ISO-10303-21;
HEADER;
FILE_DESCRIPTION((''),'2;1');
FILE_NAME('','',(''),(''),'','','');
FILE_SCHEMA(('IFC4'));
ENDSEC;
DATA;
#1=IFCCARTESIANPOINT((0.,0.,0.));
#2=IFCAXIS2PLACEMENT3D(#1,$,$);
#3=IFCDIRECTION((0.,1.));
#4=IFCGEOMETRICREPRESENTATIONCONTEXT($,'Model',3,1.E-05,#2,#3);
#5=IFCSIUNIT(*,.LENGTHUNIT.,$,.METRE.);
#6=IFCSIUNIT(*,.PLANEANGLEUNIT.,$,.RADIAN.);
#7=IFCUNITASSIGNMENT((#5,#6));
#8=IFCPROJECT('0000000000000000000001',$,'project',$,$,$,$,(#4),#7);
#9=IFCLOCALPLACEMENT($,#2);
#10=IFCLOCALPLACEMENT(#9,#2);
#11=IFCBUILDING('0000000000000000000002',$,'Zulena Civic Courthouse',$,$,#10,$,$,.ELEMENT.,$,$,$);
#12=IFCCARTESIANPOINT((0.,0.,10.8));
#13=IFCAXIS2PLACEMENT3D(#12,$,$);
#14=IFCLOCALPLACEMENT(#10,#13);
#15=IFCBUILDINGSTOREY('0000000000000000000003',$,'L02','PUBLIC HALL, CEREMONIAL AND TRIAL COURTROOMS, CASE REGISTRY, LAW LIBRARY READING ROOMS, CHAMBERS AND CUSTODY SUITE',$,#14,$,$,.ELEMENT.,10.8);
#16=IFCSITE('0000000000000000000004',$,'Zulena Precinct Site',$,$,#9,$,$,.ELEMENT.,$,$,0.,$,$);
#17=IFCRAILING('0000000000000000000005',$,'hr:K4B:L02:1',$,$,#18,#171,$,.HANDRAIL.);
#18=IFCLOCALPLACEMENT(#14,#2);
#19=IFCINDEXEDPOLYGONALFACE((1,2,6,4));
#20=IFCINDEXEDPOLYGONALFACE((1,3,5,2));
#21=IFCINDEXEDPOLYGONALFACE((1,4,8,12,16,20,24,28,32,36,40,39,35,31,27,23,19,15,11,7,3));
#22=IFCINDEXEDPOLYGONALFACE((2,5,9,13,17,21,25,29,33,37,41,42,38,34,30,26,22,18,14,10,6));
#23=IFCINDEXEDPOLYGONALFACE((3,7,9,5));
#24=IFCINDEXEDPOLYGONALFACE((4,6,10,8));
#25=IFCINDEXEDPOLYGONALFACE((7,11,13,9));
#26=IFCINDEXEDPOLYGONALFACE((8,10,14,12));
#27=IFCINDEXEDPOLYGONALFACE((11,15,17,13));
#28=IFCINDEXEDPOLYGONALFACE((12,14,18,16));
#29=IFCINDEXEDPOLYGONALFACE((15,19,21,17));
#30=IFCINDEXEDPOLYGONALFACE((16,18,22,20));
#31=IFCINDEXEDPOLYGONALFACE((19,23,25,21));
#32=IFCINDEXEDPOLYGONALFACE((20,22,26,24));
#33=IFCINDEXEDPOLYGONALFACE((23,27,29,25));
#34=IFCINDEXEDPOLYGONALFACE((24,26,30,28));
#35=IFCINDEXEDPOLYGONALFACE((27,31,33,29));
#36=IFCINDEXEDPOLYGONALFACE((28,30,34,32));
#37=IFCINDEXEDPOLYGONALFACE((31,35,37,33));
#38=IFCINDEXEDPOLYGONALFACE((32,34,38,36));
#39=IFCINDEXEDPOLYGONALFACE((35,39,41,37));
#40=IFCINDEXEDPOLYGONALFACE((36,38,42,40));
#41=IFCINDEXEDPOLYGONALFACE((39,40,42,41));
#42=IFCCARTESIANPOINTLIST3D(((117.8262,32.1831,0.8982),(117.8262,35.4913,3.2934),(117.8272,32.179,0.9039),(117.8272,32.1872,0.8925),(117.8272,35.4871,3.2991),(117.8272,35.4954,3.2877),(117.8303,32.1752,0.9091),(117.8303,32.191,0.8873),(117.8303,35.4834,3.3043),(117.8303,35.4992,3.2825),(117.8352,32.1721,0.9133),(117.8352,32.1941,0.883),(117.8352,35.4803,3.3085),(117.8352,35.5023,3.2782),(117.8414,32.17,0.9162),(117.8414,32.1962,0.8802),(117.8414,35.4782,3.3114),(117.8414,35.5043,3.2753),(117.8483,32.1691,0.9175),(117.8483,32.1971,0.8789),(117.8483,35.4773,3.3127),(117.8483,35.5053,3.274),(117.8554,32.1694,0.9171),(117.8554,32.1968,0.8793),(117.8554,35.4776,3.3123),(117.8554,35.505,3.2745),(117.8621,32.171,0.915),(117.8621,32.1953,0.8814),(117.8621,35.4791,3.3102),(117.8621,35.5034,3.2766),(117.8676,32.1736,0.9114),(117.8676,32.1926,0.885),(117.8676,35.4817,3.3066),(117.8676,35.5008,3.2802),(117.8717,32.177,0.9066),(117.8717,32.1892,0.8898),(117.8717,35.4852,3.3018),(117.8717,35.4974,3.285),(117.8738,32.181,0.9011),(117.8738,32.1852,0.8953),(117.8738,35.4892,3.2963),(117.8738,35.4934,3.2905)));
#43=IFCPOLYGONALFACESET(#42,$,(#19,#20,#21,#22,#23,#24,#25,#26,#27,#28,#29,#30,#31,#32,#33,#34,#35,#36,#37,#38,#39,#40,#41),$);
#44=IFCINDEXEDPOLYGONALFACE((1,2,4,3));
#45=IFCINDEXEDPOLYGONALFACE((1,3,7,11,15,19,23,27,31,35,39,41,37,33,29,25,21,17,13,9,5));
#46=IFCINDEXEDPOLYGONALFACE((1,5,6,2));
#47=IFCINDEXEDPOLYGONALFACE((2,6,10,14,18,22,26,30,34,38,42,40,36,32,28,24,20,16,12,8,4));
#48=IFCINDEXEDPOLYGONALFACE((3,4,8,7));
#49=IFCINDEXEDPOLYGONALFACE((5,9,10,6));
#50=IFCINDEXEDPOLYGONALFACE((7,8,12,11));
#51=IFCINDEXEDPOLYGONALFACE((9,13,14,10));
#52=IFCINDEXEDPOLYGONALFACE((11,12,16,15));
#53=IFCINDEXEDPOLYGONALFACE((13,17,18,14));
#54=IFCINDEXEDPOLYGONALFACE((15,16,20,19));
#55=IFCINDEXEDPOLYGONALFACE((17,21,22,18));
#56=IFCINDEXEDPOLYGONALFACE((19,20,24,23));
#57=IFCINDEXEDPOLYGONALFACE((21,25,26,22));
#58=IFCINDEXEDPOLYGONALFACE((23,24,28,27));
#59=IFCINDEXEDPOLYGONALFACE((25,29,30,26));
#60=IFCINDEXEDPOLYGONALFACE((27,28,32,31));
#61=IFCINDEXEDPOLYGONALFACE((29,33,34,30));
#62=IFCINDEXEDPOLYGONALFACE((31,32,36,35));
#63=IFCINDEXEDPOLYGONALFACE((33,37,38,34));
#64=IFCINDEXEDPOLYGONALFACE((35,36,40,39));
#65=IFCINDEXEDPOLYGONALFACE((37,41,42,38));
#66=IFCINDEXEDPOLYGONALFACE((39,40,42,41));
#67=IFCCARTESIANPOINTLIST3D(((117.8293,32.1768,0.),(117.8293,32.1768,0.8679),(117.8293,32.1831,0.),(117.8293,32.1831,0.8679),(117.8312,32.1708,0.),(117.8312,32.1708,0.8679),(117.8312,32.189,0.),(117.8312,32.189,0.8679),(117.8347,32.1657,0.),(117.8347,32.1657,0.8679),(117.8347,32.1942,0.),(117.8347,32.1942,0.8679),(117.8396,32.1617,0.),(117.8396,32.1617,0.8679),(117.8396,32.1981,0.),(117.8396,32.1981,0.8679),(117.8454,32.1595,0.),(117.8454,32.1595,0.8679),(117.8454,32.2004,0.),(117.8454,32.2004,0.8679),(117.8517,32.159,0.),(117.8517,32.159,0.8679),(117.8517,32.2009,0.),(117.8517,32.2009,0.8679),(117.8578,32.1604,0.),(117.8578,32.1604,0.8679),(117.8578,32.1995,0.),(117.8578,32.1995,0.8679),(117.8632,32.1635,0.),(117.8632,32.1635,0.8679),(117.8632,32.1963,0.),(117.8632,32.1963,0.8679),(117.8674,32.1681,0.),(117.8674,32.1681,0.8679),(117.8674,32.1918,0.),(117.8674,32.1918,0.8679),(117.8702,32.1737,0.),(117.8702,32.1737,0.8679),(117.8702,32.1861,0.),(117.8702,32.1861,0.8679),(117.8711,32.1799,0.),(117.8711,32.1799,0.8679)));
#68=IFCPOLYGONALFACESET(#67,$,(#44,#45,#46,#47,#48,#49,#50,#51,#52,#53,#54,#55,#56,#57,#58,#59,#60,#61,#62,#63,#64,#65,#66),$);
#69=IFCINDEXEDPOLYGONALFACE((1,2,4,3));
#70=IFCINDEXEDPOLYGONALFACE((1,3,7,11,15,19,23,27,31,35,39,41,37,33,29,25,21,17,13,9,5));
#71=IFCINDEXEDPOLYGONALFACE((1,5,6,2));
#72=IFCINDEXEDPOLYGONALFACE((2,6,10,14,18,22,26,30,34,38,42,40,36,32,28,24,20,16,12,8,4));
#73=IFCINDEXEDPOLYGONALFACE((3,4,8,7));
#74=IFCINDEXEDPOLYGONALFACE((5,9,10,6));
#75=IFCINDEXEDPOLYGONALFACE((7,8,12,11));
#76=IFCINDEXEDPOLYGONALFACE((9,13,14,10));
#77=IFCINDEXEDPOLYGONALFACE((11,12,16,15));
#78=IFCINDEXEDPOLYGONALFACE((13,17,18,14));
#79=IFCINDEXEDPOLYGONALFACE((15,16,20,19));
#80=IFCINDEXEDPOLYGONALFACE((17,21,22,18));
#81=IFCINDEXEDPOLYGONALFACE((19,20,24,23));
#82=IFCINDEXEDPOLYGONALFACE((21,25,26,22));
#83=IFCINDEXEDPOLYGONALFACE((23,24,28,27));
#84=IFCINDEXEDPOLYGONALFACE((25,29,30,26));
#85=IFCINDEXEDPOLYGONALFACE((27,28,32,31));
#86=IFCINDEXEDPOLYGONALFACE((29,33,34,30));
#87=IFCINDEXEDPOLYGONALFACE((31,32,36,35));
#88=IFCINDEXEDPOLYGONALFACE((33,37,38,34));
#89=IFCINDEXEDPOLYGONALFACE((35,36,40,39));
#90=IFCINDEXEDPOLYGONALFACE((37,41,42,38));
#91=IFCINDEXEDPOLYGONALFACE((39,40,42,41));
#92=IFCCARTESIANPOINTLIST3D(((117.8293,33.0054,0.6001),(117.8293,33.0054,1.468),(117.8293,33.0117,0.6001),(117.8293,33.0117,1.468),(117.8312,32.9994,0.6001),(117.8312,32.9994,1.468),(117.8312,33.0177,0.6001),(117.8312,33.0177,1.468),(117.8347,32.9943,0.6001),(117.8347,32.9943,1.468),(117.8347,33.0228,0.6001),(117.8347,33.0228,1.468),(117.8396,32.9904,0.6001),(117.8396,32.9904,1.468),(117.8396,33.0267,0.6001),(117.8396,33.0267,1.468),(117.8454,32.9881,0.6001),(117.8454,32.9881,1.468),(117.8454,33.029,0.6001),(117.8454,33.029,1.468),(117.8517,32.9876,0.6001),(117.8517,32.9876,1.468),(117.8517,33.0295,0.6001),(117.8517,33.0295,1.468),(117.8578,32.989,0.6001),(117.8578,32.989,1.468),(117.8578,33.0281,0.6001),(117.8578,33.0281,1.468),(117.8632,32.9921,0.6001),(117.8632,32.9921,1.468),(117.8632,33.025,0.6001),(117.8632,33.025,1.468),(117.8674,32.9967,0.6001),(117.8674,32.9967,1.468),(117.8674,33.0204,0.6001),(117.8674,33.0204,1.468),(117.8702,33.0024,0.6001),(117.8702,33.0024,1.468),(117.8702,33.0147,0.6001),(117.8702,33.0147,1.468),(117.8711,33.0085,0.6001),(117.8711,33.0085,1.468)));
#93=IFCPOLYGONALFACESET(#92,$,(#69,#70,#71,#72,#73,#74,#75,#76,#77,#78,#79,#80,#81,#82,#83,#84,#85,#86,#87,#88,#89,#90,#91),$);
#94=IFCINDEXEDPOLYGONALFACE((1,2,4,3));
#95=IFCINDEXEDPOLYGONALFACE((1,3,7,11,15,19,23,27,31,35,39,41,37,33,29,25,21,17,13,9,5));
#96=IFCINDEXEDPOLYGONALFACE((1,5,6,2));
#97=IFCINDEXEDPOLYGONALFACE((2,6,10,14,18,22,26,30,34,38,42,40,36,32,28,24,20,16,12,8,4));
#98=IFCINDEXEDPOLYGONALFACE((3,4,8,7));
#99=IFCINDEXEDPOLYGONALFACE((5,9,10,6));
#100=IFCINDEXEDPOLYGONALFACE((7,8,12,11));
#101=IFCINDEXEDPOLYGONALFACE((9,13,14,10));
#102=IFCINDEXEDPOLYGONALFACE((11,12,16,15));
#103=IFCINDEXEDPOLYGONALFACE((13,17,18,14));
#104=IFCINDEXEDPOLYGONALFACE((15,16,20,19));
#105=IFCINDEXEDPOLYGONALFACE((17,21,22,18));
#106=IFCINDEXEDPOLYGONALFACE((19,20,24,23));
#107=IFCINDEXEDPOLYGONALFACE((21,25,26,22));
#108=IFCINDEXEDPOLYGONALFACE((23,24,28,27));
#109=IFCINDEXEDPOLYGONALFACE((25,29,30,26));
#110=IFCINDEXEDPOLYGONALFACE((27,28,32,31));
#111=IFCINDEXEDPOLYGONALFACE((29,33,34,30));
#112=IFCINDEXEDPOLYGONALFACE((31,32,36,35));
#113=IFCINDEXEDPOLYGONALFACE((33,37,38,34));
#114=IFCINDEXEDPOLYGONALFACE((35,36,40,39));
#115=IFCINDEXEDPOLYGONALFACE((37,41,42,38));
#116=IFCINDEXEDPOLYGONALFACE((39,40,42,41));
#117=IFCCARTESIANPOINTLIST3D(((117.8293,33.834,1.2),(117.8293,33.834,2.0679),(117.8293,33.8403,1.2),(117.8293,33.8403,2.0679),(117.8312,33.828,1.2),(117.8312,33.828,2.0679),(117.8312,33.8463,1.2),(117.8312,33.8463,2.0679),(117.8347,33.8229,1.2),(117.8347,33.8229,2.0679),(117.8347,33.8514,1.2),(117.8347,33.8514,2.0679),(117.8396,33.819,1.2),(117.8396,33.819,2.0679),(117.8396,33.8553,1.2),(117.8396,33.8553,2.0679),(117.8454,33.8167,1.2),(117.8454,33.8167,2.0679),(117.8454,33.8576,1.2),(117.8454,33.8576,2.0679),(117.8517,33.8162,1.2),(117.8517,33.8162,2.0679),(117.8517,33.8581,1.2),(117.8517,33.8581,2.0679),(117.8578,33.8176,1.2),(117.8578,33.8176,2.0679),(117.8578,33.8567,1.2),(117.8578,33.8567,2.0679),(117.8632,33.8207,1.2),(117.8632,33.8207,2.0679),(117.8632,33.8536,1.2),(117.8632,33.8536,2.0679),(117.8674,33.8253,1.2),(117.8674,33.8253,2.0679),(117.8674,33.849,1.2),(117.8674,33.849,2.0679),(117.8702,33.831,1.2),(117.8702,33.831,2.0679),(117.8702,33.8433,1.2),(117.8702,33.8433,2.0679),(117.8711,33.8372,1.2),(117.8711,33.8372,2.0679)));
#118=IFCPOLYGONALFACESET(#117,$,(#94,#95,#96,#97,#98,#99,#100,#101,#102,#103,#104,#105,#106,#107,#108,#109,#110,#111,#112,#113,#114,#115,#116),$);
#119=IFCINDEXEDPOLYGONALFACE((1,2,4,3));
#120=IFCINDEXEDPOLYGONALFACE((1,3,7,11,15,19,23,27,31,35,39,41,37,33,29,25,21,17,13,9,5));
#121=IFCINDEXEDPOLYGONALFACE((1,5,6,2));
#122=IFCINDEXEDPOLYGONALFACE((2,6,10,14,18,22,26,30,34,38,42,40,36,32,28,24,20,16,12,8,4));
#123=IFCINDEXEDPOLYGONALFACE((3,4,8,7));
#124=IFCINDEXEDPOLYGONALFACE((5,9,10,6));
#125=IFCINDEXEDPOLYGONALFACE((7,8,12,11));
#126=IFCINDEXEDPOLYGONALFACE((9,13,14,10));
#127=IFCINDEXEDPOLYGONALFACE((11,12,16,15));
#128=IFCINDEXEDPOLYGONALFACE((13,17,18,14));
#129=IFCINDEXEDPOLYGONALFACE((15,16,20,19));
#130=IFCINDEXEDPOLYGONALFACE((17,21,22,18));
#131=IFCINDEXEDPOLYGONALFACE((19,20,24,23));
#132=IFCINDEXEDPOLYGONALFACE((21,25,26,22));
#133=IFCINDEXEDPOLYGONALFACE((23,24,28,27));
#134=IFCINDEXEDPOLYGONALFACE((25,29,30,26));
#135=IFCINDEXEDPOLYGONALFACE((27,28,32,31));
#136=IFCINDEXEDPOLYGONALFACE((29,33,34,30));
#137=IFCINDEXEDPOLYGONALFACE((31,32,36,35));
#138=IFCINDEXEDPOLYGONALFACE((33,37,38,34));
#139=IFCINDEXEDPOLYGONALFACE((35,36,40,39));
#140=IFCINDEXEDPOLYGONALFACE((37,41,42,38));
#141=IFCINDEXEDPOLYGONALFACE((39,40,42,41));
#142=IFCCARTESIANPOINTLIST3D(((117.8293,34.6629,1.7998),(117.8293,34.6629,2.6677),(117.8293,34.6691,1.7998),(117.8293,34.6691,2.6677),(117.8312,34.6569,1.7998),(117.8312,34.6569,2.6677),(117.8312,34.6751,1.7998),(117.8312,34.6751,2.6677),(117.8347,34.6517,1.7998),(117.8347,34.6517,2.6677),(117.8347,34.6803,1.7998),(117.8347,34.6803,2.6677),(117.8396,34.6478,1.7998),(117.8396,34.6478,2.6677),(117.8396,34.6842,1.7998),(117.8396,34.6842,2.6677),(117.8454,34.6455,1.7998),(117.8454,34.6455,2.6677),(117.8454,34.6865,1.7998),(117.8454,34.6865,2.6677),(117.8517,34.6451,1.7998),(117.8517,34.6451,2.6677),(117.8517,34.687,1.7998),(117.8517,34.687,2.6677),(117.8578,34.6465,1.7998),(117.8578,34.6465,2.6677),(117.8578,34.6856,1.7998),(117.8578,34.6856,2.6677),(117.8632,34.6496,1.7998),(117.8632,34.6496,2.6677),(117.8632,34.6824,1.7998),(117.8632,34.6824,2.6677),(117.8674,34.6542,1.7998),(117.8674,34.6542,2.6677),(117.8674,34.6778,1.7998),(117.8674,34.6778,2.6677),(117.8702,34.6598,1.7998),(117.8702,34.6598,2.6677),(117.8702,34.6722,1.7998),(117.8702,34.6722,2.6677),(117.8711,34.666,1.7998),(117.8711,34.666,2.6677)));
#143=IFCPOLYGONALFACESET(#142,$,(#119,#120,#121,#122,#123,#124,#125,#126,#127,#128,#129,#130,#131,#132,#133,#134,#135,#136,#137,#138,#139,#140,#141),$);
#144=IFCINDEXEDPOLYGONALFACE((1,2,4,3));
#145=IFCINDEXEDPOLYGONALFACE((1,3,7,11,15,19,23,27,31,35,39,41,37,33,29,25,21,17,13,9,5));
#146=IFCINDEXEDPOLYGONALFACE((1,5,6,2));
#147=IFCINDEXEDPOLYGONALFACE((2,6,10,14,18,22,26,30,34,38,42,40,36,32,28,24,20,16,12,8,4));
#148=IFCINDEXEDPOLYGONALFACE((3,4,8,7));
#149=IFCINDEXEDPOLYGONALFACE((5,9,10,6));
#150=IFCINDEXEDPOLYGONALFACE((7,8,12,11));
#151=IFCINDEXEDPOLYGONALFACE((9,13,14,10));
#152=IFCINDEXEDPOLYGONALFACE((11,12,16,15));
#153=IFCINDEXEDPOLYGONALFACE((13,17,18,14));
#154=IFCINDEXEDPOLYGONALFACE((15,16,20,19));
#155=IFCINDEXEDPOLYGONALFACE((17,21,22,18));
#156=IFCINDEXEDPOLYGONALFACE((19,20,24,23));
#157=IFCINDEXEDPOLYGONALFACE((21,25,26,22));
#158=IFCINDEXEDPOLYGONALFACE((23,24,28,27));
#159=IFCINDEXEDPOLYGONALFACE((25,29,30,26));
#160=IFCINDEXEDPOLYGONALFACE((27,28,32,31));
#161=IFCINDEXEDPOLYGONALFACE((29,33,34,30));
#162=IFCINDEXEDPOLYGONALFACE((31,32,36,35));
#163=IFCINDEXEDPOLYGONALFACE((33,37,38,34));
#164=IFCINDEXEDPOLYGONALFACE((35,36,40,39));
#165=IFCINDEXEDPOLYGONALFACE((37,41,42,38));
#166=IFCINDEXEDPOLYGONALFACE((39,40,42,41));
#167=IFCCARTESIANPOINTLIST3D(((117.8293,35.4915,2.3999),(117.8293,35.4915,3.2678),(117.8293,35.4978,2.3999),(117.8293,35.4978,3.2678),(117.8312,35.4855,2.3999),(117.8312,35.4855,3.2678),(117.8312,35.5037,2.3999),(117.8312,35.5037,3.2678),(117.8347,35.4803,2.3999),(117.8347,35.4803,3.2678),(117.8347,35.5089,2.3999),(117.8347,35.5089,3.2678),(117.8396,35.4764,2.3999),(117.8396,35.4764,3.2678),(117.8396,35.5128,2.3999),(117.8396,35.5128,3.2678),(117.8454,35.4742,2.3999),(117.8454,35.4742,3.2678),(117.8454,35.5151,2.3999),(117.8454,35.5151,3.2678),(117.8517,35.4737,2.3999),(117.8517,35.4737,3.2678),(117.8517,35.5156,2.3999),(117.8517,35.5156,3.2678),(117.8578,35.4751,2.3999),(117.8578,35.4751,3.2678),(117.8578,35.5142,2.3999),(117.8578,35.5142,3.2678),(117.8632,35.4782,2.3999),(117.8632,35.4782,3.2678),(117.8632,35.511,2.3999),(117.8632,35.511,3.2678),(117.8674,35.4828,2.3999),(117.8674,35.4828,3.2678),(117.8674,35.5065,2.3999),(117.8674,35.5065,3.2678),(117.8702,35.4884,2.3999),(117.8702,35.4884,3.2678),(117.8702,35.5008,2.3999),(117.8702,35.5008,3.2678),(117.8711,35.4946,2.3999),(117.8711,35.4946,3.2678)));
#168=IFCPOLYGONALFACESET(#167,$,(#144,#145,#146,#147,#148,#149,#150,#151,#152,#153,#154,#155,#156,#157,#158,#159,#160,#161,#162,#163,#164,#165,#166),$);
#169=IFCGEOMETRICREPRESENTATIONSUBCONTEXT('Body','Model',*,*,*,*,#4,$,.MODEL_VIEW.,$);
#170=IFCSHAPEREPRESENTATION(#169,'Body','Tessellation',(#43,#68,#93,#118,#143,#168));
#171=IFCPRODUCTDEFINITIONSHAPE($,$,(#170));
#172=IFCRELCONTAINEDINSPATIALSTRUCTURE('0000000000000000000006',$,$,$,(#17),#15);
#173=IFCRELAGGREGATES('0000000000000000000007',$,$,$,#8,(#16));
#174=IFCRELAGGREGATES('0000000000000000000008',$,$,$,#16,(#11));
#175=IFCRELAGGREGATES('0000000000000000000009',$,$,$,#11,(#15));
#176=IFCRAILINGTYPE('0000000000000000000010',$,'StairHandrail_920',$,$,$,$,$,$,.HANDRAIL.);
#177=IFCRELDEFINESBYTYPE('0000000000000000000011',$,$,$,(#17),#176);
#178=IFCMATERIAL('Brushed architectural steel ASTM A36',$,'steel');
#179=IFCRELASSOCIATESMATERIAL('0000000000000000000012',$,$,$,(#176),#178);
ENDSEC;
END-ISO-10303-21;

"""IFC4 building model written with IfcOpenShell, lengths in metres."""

from ifc_helpers import new_model, si_unit, direction, frame, origin, origin_2d, place, context, subcontext, project, spatial, circle, extrude, material, type_object, element, save


model = new_model("IFC4")

# Units and contexts
model_context = context("Model", 3, precision=1e-05, world=origin(), true_north=direction((0.0, 1.0)))
body_context = subcontext(model_context, "Body", "Model", "MODEL_VIEW")
ifc_project = project(units=[si_unit("LENGTHUNIT", "METRE"), si_unit("PLANEANGLEUNIT", "RADIAN")], contexts=[model_context])

# Site, building, storey
site_placement = place(None, origin())
site = spatial("IfcSite", under=ifc_project, at=site_placement, Name="Zulena Precinct Site", CompositionType="ELEMENT", RefElevation=0.0)
building_placement = place(site_placement, origin())
building = spatial("IfcBuilding", under=site, at=building_placement, Name="Zulena Civic Courthouse", CompositionType="ELEMENT")
storey_placement = place(building_placement, frame((0.0, 0.0, 10.8)))
storey = spatial("IfcBuildingStorey", under=building, at=storey_placement, Name="L02", Description="PUBLIC HALL, CEREMONIAL AND TRIAL COURTROOMS, CASE REGISTRY, LAW LIBRARY READING ROOMS, CHAMBERS AND CUSTODY SUITE", CompositionType="ELEMENT", Elevation=10.8)

# Railing
ifc_material_1 = material(Name="Brushed architectural steel ASTM A36", Category="steel")
railing_type_1 = type_object("IfcRailingType", Name="StairHandrail_920", PredefinedType="HANDRAIL", material=ifc_material_1)
railing_1_placement = place(storey_placement, frame((117.8501, 32.1799, 0.0)))
element("IfcRailing", 1, at=railing_1_placement, inside=storey, type_object=railing_type_1, Name="hr:K4B:L02:1", PredefinedType="HANDRAIL", context=body_context, shape_type="SweptSolid", body=[
    extrude(circle(Radius=0.0239, at=origin_2d()), frame((0.0, 0.0032, 0.8982), z_axis=(0.0, 0.809988, 0.586446), x_axis=(-1.0, 0.0, 0.0)), (0.0, 0.0, 1.0), 4.0842),
    extrude(circle(Radius=0.021, at=origin_2d()), origin(), (0.0, 0.0, 1.0), 0.8679),
    extrude(circle(Radius=0.021, at=origin_2d()), frame((0.0, 0.8286, 0.6001)), (0.0, 0.0, 1.0), 0.8679),
    extrude(circle(Radius=0.021, at=origin_2d()), frame((0.0, 1.6572, 1.2)), (0.0, 0.0, 1.0), 0.8679),
    extrude(circle(Radius=0.021, at=origin_2d()), frame((0.0, 2.4861, 1.7998)), (0.0, 0.0, 1.0), 0.8679),
    extrude(circle(Radius=0.021, at=origin_2d()), frame((0.0, 3.3147, 2.3999)), (0.0, 0.0, 1.0), 0.8679),
])

save(model, "model.ifc")
